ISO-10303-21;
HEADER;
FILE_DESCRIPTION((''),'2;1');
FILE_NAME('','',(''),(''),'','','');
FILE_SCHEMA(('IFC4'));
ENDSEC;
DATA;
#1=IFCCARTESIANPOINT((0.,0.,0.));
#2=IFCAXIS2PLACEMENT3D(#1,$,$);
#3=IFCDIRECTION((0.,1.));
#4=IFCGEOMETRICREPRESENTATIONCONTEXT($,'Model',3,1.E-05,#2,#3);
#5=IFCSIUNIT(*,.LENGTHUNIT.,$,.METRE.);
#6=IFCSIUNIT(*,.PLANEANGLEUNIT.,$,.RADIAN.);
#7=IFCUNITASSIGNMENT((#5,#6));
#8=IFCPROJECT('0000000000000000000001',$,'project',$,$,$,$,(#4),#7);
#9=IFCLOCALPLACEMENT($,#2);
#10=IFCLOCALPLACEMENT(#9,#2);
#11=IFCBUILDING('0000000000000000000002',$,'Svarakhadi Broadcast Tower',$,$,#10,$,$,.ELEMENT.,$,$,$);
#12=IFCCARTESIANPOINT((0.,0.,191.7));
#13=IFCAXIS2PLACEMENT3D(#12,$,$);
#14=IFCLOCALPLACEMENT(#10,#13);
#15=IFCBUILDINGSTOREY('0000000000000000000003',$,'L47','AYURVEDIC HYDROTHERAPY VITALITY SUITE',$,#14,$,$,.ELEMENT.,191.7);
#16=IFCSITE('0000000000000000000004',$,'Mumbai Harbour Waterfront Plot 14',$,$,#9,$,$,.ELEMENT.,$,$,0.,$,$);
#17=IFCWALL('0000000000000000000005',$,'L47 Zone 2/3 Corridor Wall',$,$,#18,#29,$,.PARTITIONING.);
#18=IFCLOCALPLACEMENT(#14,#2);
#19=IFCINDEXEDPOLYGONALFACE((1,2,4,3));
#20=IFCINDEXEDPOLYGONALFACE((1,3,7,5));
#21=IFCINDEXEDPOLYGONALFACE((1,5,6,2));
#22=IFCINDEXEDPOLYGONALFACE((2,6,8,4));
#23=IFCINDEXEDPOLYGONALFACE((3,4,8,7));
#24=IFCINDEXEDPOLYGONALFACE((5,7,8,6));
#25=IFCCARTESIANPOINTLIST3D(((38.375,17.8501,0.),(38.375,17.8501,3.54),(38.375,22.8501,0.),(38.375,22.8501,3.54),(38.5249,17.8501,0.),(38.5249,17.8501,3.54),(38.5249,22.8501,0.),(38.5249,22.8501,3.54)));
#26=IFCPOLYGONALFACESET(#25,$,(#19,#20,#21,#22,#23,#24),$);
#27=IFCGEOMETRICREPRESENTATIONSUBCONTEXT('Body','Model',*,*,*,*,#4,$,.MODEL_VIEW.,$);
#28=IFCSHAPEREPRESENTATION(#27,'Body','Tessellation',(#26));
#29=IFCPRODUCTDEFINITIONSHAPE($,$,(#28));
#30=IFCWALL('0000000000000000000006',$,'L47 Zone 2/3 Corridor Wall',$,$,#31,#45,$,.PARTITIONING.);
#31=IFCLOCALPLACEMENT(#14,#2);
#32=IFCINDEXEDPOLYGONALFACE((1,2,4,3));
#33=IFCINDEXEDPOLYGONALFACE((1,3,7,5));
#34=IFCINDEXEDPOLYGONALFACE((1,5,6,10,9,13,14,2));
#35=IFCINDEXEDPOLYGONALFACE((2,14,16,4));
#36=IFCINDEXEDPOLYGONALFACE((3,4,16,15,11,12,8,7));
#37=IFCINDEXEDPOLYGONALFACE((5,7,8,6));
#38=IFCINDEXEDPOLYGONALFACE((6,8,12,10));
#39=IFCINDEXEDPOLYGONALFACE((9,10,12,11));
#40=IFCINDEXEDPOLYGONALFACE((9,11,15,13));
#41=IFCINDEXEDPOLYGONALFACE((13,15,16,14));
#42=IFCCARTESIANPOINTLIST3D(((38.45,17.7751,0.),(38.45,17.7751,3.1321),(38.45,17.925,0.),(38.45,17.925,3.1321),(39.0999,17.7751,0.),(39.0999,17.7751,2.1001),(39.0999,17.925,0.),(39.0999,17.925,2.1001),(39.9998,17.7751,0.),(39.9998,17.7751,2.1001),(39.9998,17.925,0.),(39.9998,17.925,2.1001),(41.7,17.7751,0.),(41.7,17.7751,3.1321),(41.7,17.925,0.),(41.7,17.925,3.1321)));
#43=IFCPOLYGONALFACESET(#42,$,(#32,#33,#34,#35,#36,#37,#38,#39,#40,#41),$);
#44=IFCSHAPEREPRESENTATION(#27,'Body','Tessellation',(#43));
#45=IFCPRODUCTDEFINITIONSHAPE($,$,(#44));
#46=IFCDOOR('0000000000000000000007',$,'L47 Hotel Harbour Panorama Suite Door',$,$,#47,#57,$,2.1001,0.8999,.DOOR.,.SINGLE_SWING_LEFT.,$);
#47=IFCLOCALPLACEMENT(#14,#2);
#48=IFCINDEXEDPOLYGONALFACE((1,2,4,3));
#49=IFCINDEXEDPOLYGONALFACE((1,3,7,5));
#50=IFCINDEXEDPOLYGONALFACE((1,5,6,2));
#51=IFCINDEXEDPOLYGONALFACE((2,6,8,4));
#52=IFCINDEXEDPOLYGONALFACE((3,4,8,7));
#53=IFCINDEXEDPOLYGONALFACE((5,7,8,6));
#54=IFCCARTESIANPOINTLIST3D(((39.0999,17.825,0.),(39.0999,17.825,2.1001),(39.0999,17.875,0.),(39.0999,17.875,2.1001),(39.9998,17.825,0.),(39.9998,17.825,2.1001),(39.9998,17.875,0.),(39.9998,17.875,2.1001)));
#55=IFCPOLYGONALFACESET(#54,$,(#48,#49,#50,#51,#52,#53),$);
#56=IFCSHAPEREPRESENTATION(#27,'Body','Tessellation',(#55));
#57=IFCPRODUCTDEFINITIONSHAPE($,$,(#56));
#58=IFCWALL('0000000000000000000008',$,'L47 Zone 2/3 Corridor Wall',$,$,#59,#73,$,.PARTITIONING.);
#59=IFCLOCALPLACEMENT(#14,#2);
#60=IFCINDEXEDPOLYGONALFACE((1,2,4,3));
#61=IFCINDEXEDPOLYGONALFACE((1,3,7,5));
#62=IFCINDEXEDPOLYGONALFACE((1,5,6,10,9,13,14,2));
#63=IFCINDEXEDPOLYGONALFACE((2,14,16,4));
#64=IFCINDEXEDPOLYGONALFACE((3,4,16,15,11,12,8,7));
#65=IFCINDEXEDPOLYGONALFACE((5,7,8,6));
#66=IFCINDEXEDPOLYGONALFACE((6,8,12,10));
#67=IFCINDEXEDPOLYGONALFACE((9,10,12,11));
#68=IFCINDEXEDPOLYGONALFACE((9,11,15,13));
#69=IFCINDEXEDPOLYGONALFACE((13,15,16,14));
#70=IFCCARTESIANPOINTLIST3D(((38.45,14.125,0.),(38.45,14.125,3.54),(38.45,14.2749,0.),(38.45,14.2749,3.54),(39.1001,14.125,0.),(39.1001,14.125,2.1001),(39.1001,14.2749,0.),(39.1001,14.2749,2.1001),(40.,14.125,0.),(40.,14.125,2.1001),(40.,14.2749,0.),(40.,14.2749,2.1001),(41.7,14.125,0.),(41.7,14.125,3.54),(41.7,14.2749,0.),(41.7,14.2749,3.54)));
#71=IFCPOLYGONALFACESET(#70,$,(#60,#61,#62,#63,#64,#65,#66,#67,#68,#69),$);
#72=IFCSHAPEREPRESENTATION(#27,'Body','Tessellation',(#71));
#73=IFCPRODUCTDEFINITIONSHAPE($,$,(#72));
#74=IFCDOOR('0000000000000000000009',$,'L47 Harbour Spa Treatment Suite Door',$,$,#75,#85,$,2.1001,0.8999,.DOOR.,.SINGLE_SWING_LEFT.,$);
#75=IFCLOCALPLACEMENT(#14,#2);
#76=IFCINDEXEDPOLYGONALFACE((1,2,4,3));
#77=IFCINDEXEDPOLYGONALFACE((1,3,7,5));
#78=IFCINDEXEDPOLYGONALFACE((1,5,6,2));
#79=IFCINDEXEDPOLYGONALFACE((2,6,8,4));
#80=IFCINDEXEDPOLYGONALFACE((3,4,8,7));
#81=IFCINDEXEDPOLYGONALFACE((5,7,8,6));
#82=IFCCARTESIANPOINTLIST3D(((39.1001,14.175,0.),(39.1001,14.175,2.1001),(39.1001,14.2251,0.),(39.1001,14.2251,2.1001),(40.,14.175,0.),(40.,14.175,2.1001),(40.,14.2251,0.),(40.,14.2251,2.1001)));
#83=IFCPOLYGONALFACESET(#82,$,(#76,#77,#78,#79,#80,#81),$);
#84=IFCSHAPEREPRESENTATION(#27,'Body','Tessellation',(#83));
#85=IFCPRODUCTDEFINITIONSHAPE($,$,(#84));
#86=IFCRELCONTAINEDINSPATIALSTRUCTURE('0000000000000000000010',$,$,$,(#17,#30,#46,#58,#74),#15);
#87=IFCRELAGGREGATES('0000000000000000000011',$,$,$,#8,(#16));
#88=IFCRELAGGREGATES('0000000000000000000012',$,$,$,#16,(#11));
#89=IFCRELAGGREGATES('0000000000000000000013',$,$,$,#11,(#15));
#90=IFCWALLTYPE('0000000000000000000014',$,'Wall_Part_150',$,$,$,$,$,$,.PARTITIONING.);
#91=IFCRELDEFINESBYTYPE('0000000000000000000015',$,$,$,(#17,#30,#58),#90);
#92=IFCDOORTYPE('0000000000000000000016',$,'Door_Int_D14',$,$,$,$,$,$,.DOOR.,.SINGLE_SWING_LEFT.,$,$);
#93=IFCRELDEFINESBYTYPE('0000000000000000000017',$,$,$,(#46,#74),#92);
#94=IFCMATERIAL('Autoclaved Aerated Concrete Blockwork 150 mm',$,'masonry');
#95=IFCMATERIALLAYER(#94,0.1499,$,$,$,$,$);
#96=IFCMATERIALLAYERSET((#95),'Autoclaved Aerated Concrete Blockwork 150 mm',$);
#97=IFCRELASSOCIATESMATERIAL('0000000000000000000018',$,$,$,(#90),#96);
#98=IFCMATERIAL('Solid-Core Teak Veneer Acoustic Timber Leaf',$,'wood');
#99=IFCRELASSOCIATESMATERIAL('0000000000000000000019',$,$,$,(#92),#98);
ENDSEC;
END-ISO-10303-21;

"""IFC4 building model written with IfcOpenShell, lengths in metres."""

from ifc_helpers import new_model, si_unit, direction, frame, frame_2d, origin, place, context, subcontext, project, spatial, rectangle, extrude, material, layer, layer_set, type_object, element, fill, save


model = new_model("IFC4")

# Units and contexts
model_context = context("Model", 3, precision=1e-05, world=origin(), true_north=direction((0.0, 1.0)))
body_context = subcontext(model_context, "Body", "Model", "MODEL_VIEW")
ifc_project = project(units=[si_unit("LENGTHUNIT", "METRE"), si_unit("PLANEANGLEUNIT", "RADIAN")], contexts=[model_context])

# Site, building, storey
site_placement = place(None, origin())
site = spatial("IfcSite", under=ifc_project, at=site_placement, Name="Mumbai Harbour Waterfront Plot 14", CompositionType="ELEMENT", RefElevation=0.0)
building_placement = place(site_placement, origin())
building = spatial("IfcBuilding", under=site, at=building_placement, Name="Svarakhadi Broadcast Tower", CompositionType="ELEMENT")
storey_placement = place(building_placement, frame((0.0, 0.0, 191.7)))
storey = spatial("IfcBuildingStorey", under=building, at=storey_placement, Name="L47", Description="AYURVEDIC HYDROTHERAPY VITALITY SUITE", CompositionType="ELEMENT", Elevation=191.7)

# Wall
ifc_material_1 = material(Name="Autoclaved Aerated Concrete Blockwork 150 mm", Category="masonry")
ifc_layer_1 = layer(ifc_material_1, 0.1499)
ifc_layer_set_1 = layer_set([ifc_layer_1], Name="Autoclaved Aerated Concrete Blockwork 150 mm")
wall_type_1 = type_object("IfcWallType", Name="Wall_Part_150", PredefinedType="PARTITIONING", material=ifc_layer_set_1)
wall_1_placement = place(storey_placement, frame((38.45, 22.8501, 0.0), z_axis=(0.0, 0.0, 1.0), x_axis=(0.0, -1.0, 0.0)))
element("IfcWall", 1, at=wall_1_placement, inside=storey, type_object=wall_type_1, Name="L47 Zone 2/3 Corridor Wall", PredefinedType="PARTITIONING", context=body_context, shape_type="SweptSolid", body=[
    extrude(rectangle(XDim=5.0, YDim=0.1499, at=frame_2d((2.5, 0.0))), origin(), (0.0, 0.0, 1.0), 3.54),
])

# Walls, openings, doors
wall_2_placement = place(storey_placement, frame((38.45, 17.8501, 0.0), z_axis=(0.0, 0.0, 1.0), x_axis=(1.0, 0.0, 0.0)))
wall_2 = element("IfcWall", 2, at=wall_2_placement, inside=storey, type_object=wall_type_1, Name="L47 Zone 2/3 Corridor Wall", PredefinedType="PARTITIONING", context=body_context, shape_type="SweptSolid", body=[
    extrude(rectangle(XDim=3.25, YDim=0.1499, at=frame_2d((1.625, 0.0))), origin(), (0.0, 0.0, 1.0), 3.1321),
])
opening_1_placement = place(wall_2_placement, frame((0.6499, 0.0, 0.0)))
opening_1 = element("IfcOpeningElement", 3, at=opening_1_placement, cuts=wall_2, PredefinedType="OPENING", context=body_context, shape_type="SweptSolid", body=[
    extrude(rectangle(XDim=0.8999, YDim=2.1001, at=frame_2d((0.45, 1.05))), frame((0.0, 0.085, 0.0), z_axis=(0.0, -1.0, 0.0), x_axis=(1.0, 0.0, 0.0)), (0.0, 0.0, 1.0), 0.1699),
])
ifc_material_2 = material(Name="Solid-Core Teak Veneer Acoustic Timber Leaf", Category="wood")
door_type = type_object("IfcDoorType", Name="Door_Int_D14", OperationType="SINGLE_SWING_LEFT", PredefinedType="DOOR", material=ifc_material_2)
door_1_placement = place(opening_1_placement, origin())
door_1 = element("IfcDoor", 4, at=door_1_placement, inside=storey, type_object=door_type, Name="L47 Hotel Harbour Panorama Suite Door", OperationType="SINGLE_SWING_LEFT", OverallHeight=2.1001, OverallWidth=0.8999, PredefinedType="DOOR", context=body_context, shape_type="SweptSolid", body=[
    extrude(rectangle(XDim=0.8999, YDim=2.1001, at=frame_2d((0.45, 1.05))), frame((0.0, 0.0249, 0.0), z_axis=(0.0, -1.0, 0.0), x_axis=(1.0, 0.0, 0.0)), (0.0, 0.0, 1.0), 0.05),
])
fill(opening_1, door_1)
wall_3_placement = place(storey_placement, frame((41.7, 14.2, 0.0), z_axis=(0.0, 0.0, 1.0), x_axis=(-1.0, 0.0, 0.0)))
wall_3 = element("IfcWall", 5, at=wall_3_placement, inside=storey, type_object=wall_type_1, Name="L47 Zone 2/3 Corridor Wall", PredefinedType="PARTITIONING", context=body_context, shape_type="SweptSolid", body=[
    extrude(rectangle(XDim=3.25, YDim=0.1499, at=frame_2d((1.625, 0.0))), origin(), (0.0, 0.0, 1.0), 3.54),
])
opening_2_placement = place(wall_3_placement, frame((1.7, 0.0, 0.0)))
opening_2 = element("IfcOpeningElement", 6, at=opening_2_placement, cuts=wall_3, PredefinedType="OPENING", context=body_context, shape_type="SweptSolid", body=[
    extrude(rectangle(XDim=0.8999, YDim=2.1001, at=frame_2d((0.45, 1.05))), frame((0.0, 0.085, 0.0), z_axis=(0.0, -1.0, 0.0), x_axis=(1.0, 0.0, 0.0)), (0.0, 0.0, 1.0), 0.1699),
])
door_2_placement = place(opening_2_placement, origin())
door_2 = element("IfcDoor", 7, at=door_2_placement, inside=storey, type_object=door_type, Name="L47 Harbour Spa Treatment Suite Door", OperationType="SINGLE_SWING_LEFT", OverallHeight=2.1001, OverallWidth=0.8999, PredefinedType="DOOR", context=body_context, shape_type="SweptSolid", body=[
    extrude(rectangle(XDim=0.8999, YDim=2.1001, at=frame_2d((0.45, 1.05))), frame((0.0, 0.0249, 0.0), z_axis=(0.0, -1.0, 0.0), x_axis=(1.0, 0.0, 0.0)), (0.0, 0.0, 1.0), 0.05),
])
fill(opening_2, door_2)

save(model, "model.ifc")
